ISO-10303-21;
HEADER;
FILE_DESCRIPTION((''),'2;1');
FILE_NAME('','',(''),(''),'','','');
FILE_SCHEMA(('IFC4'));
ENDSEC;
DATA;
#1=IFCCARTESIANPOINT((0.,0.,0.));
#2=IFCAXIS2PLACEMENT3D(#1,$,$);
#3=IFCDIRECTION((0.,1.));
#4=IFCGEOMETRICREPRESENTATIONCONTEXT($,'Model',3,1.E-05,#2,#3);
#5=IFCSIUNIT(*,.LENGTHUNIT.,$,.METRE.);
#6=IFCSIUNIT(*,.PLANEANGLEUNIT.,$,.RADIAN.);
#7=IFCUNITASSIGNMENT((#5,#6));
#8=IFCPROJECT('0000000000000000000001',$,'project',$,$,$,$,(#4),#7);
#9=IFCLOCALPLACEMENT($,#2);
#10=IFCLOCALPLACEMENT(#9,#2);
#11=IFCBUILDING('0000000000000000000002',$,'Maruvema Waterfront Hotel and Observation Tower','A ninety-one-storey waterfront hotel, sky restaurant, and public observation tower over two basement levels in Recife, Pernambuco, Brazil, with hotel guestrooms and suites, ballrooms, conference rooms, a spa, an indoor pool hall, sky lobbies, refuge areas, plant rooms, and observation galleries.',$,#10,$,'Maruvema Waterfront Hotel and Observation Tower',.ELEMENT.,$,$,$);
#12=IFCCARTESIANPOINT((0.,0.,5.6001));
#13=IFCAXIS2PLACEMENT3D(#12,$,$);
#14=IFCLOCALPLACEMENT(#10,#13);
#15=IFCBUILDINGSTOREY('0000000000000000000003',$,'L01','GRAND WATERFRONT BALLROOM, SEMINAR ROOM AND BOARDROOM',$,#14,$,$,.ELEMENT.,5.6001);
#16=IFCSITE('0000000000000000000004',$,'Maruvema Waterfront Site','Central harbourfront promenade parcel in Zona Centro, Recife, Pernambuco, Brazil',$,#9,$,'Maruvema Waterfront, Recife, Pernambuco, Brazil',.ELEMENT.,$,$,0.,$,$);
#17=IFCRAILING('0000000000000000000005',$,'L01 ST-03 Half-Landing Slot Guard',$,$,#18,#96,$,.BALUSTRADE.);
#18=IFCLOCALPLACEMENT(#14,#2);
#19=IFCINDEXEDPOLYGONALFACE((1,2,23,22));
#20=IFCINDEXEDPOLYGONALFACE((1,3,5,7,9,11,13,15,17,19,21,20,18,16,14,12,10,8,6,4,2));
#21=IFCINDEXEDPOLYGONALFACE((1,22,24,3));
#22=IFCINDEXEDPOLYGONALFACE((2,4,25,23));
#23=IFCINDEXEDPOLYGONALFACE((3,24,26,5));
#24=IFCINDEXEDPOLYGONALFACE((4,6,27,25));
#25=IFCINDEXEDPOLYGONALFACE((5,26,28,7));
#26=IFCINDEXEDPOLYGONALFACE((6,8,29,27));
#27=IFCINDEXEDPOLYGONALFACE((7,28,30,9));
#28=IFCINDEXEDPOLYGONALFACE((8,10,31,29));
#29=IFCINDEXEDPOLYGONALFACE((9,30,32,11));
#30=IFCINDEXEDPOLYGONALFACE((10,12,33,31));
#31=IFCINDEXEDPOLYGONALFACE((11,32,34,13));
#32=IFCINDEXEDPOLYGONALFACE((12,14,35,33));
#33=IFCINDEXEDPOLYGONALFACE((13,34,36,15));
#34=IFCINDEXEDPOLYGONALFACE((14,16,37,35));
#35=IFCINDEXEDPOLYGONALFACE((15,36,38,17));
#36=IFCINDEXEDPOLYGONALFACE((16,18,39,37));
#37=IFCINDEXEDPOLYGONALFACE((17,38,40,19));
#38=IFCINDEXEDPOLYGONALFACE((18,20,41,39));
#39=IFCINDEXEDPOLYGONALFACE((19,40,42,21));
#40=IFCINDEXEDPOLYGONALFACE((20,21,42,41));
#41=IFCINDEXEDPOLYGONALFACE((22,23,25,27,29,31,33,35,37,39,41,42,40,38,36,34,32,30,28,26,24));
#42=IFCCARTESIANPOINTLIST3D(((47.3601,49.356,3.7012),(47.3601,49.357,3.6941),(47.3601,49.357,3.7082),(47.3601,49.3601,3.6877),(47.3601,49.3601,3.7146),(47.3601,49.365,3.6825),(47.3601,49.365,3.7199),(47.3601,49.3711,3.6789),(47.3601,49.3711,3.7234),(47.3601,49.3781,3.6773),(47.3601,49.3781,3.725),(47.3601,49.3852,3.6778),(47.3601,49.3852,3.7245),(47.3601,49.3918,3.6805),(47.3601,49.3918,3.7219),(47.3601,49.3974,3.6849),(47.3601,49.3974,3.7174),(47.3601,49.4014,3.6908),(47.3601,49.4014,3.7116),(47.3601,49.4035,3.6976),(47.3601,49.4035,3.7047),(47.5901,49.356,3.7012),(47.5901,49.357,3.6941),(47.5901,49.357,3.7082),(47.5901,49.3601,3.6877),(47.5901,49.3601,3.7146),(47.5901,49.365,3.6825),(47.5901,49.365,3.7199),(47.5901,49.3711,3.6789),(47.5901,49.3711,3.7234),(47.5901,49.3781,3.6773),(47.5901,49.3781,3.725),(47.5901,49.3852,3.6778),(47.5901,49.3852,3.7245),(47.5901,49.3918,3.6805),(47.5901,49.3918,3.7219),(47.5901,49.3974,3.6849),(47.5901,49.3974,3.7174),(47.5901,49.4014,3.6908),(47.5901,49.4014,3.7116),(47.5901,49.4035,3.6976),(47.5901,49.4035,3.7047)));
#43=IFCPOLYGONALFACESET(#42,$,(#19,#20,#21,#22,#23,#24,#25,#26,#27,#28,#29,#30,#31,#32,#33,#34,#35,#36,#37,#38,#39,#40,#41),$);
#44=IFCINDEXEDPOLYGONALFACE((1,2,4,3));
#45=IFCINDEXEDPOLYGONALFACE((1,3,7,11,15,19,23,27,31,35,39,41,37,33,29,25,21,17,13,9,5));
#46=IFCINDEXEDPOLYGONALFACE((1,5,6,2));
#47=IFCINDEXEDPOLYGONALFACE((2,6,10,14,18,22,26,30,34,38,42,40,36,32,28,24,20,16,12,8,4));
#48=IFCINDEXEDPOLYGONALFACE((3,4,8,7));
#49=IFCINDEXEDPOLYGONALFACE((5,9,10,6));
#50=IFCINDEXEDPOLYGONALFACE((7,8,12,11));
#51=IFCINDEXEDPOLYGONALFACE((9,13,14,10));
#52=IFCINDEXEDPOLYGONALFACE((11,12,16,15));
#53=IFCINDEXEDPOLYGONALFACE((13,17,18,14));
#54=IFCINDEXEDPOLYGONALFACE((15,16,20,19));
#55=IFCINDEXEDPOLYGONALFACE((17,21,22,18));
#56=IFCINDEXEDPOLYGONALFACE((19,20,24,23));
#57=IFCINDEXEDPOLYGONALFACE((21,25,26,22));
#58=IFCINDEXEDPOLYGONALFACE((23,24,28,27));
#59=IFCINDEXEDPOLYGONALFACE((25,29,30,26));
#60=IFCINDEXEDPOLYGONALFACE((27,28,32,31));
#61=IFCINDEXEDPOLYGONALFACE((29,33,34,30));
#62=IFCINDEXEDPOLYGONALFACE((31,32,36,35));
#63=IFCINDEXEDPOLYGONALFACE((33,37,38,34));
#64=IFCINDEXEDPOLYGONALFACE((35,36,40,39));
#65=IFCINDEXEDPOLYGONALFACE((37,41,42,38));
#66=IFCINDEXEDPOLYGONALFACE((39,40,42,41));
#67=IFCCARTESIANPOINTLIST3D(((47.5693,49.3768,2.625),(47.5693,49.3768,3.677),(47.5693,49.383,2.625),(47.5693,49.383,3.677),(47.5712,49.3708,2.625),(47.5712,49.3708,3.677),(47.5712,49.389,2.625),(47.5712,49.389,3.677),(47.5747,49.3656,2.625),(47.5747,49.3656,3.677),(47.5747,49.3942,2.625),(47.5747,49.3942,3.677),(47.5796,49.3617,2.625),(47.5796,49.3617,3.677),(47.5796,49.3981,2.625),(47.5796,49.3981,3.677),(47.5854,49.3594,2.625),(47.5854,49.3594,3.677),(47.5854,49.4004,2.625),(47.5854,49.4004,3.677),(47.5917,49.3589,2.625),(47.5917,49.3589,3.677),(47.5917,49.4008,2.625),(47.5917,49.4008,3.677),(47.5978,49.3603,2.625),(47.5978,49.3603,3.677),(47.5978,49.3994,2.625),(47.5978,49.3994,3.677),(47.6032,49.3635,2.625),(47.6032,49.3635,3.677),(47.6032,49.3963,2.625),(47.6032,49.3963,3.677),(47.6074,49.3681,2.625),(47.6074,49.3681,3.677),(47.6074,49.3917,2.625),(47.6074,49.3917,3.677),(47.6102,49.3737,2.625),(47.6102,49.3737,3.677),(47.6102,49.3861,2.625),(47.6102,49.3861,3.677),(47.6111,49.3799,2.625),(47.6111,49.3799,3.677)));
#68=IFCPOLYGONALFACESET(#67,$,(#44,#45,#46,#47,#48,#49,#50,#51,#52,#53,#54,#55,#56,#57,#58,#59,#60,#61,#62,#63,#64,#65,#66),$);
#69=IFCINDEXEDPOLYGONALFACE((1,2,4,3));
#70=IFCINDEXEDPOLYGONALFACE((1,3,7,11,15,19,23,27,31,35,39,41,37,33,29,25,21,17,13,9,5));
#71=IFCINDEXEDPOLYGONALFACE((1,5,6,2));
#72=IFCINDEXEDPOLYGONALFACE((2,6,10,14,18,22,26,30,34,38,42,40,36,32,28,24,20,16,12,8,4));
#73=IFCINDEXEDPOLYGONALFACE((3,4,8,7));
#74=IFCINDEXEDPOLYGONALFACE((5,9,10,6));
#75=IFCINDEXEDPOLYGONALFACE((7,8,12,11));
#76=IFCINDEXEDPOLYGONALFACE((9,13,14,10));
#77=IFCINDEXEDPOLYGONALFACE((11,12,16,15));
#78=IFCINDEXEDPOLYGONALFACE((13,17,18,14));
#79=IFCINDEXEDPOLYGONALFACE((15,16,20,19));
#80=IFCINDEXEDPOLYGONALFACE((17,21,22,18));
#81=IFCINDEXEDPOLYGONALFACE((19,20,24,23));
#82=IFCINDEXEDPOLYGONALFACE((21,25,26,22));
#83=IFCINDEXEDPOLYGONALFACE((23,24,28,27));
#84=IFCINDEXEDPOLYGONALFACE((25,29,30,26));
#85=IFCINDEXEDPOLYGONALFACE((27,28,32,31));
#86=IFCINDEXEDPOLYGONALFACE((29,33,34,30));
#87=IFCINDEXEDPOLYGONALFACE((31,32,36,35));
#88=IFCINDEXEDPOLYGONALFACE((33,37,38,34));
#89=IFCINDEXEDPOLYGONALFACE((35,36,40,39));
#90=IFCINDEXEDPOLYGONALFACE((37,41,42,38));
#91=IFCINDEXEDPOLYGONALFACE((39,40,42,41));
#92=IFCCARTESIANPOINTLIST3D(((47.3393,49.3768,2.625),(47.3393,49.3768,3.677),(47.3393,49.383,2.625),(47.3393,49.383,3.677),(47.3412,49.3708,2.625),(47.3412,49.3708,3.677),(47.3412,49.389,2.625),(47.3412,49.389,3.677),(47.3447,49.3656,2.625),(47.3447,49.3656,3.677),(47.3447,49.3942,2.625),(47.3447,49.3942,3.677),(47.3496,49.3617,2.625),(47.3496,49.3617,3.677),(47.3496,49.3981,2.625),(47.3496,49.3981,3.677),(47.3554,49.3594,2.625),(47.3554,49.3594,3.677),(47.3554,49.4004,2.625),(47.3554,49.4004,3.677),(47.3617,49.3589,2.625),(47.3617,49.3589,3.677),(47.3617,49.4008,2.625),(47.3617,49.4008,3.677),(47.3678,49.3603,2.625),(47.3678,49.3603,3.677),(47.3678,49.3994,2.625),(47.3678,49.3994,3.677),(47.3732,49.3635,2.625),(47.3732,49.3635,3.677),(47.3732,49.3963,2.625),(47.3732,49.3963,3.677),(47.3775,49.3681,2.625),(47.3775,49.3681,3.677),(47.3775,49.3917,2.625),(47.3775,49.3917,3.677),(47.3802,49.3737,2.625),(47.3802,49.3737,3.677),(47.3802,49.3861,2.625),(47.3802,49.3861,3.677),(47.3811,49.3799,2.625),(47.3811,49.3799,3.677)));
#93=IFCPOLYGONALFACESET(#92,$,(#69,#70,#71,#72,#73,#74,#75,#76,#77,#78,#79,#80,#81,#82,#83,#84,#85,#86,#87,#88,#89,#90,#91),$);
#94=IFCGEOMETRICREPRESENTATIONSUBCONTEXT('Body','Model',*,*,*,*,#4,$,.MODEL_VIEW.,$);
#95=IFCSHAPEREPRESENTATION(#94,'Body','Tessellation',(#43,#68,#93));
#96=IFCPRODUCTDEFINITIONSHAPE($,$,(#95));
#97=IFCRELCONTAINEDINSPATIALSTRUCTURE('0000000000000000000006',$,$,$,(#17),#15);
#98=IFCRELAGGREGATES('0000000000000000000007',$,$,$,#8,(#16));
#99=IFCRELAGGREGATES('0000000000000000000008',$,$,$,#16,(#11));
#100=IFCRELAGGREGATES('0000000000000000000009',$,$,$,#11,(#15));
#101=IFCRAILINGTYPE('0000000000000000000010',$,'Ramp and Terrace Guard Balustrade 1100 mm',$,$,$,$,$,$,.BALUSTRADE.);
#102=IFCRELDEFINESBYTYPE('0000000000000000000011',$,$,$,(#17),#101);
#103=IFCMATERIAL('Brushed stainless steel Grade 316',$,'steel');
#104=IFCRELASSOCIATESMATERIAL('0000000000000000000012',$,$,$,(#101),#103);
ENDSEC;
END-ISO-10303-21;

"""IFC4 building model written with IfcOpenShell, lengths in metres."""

from ifc_helpers import new_model, si_unit, direction, frame, origin, origin_2d, place, context, subcontext, project, spatial, circle, extrude, material, type_object, element, save


model = new_model("IFC4")

# Units and contexts
model_context = context("Model", 3, precision=1e-05, world=origin(), true_north=direction((0.0, 1.0)))
body_context = subcontext(model_context, "Body", "Model", "MODEL_VIEW")
ifc_project = project(units=[si_unit("LENGTHUNIT", "METRE"), si_unit("PLANEANGLEUNIT", "RADIAN")], contexts=[model_context])

# Site, building, storey
site_placement = place(None, origin())
site = spatial("IfcSite", under=ifc_project, at=site_placement, Name="Maruvema Waterfront Site", Description="Central harbourfront promenade parcel in Zona Centro, Recife, Pernambuco, Brazil", LongName="Maruvema Waterfront, Recife, Pernambuco, Brazil", CompositionType="ELEMENT", RefElevation=0.0)
building_placement = place(site_placement, origin())
building = spatial("IfcBuilding", under=site, at=building_placement, Name="Maruvema Waterfront Hotel and Observation Tower", Description="A ninety-one-storey waterfront hotel, sky restaurant, and public observation tower over two basement levels in Recife, Pernambuco, Brazil, with hotel guestrooms and suites, ballrooms, conference rooms, a spa, an indoor pool hall, sky lobbies, refuge areas, plant rooms, and observation galleries.", LongName="Maruvema Waterfront Hotel and Observation Tower", CompositionType="ELEMENT")
storey_placement = place(building_placement, frame((0.0, 0.0, 5.6001)))
storey = spatial("IfcBuildingStorey", under=building, at=storey_placement, Name="L01", Description="GRAND WATERFRONT BALLROOM, SEMINAR ROOM AND BOARDROOM", CompositionType="ELEMENT", Elevation=5.6001)

# Railing
ifc_material_1 = material(Name="Brushed stainless steel Grade 316", Category="steel")
railing_type_1 = type_object("IfcRailingType", Name="Ramp and Terrace Guard Balustrade 1100 mm", PredefinedType="BALUSTRADE", material=ifc_material_1)
railing_1_placement = place(storey_placement, frame((47.5901, 49.3799, 2.625)))
element("IfcRailing", 1, at=railing_1_placement, inside=storey, type_object=railing_type_1, Name="L01 ST-03 Half-Landing Slot Guard", PredefinedType="BALUSTRADE", context=body_context, shape_type="SweptSolid", body=[
    extrude(circle(Radius=0.0239, at=origin_2d()), frame((0.0, 0.0, 1.0762), z_axis=(-1.0, 0.0, 0.0), x_axis=(0.0, -1.0, 0.0)), (0.0, 0.0, 1.0), 0.23),
    extrude(circle(Radius=0.021, at=origin_2d()), origin(), (0.0, 0.0, 1.0), 1.052),
    extrude(circle(Radius=0.021, at=origin_2d()), frame((-0.23, 0.0, 0.0)), (0.0, 0.0, 1.0), 1.052),
])

save(model, "model.ifc")
